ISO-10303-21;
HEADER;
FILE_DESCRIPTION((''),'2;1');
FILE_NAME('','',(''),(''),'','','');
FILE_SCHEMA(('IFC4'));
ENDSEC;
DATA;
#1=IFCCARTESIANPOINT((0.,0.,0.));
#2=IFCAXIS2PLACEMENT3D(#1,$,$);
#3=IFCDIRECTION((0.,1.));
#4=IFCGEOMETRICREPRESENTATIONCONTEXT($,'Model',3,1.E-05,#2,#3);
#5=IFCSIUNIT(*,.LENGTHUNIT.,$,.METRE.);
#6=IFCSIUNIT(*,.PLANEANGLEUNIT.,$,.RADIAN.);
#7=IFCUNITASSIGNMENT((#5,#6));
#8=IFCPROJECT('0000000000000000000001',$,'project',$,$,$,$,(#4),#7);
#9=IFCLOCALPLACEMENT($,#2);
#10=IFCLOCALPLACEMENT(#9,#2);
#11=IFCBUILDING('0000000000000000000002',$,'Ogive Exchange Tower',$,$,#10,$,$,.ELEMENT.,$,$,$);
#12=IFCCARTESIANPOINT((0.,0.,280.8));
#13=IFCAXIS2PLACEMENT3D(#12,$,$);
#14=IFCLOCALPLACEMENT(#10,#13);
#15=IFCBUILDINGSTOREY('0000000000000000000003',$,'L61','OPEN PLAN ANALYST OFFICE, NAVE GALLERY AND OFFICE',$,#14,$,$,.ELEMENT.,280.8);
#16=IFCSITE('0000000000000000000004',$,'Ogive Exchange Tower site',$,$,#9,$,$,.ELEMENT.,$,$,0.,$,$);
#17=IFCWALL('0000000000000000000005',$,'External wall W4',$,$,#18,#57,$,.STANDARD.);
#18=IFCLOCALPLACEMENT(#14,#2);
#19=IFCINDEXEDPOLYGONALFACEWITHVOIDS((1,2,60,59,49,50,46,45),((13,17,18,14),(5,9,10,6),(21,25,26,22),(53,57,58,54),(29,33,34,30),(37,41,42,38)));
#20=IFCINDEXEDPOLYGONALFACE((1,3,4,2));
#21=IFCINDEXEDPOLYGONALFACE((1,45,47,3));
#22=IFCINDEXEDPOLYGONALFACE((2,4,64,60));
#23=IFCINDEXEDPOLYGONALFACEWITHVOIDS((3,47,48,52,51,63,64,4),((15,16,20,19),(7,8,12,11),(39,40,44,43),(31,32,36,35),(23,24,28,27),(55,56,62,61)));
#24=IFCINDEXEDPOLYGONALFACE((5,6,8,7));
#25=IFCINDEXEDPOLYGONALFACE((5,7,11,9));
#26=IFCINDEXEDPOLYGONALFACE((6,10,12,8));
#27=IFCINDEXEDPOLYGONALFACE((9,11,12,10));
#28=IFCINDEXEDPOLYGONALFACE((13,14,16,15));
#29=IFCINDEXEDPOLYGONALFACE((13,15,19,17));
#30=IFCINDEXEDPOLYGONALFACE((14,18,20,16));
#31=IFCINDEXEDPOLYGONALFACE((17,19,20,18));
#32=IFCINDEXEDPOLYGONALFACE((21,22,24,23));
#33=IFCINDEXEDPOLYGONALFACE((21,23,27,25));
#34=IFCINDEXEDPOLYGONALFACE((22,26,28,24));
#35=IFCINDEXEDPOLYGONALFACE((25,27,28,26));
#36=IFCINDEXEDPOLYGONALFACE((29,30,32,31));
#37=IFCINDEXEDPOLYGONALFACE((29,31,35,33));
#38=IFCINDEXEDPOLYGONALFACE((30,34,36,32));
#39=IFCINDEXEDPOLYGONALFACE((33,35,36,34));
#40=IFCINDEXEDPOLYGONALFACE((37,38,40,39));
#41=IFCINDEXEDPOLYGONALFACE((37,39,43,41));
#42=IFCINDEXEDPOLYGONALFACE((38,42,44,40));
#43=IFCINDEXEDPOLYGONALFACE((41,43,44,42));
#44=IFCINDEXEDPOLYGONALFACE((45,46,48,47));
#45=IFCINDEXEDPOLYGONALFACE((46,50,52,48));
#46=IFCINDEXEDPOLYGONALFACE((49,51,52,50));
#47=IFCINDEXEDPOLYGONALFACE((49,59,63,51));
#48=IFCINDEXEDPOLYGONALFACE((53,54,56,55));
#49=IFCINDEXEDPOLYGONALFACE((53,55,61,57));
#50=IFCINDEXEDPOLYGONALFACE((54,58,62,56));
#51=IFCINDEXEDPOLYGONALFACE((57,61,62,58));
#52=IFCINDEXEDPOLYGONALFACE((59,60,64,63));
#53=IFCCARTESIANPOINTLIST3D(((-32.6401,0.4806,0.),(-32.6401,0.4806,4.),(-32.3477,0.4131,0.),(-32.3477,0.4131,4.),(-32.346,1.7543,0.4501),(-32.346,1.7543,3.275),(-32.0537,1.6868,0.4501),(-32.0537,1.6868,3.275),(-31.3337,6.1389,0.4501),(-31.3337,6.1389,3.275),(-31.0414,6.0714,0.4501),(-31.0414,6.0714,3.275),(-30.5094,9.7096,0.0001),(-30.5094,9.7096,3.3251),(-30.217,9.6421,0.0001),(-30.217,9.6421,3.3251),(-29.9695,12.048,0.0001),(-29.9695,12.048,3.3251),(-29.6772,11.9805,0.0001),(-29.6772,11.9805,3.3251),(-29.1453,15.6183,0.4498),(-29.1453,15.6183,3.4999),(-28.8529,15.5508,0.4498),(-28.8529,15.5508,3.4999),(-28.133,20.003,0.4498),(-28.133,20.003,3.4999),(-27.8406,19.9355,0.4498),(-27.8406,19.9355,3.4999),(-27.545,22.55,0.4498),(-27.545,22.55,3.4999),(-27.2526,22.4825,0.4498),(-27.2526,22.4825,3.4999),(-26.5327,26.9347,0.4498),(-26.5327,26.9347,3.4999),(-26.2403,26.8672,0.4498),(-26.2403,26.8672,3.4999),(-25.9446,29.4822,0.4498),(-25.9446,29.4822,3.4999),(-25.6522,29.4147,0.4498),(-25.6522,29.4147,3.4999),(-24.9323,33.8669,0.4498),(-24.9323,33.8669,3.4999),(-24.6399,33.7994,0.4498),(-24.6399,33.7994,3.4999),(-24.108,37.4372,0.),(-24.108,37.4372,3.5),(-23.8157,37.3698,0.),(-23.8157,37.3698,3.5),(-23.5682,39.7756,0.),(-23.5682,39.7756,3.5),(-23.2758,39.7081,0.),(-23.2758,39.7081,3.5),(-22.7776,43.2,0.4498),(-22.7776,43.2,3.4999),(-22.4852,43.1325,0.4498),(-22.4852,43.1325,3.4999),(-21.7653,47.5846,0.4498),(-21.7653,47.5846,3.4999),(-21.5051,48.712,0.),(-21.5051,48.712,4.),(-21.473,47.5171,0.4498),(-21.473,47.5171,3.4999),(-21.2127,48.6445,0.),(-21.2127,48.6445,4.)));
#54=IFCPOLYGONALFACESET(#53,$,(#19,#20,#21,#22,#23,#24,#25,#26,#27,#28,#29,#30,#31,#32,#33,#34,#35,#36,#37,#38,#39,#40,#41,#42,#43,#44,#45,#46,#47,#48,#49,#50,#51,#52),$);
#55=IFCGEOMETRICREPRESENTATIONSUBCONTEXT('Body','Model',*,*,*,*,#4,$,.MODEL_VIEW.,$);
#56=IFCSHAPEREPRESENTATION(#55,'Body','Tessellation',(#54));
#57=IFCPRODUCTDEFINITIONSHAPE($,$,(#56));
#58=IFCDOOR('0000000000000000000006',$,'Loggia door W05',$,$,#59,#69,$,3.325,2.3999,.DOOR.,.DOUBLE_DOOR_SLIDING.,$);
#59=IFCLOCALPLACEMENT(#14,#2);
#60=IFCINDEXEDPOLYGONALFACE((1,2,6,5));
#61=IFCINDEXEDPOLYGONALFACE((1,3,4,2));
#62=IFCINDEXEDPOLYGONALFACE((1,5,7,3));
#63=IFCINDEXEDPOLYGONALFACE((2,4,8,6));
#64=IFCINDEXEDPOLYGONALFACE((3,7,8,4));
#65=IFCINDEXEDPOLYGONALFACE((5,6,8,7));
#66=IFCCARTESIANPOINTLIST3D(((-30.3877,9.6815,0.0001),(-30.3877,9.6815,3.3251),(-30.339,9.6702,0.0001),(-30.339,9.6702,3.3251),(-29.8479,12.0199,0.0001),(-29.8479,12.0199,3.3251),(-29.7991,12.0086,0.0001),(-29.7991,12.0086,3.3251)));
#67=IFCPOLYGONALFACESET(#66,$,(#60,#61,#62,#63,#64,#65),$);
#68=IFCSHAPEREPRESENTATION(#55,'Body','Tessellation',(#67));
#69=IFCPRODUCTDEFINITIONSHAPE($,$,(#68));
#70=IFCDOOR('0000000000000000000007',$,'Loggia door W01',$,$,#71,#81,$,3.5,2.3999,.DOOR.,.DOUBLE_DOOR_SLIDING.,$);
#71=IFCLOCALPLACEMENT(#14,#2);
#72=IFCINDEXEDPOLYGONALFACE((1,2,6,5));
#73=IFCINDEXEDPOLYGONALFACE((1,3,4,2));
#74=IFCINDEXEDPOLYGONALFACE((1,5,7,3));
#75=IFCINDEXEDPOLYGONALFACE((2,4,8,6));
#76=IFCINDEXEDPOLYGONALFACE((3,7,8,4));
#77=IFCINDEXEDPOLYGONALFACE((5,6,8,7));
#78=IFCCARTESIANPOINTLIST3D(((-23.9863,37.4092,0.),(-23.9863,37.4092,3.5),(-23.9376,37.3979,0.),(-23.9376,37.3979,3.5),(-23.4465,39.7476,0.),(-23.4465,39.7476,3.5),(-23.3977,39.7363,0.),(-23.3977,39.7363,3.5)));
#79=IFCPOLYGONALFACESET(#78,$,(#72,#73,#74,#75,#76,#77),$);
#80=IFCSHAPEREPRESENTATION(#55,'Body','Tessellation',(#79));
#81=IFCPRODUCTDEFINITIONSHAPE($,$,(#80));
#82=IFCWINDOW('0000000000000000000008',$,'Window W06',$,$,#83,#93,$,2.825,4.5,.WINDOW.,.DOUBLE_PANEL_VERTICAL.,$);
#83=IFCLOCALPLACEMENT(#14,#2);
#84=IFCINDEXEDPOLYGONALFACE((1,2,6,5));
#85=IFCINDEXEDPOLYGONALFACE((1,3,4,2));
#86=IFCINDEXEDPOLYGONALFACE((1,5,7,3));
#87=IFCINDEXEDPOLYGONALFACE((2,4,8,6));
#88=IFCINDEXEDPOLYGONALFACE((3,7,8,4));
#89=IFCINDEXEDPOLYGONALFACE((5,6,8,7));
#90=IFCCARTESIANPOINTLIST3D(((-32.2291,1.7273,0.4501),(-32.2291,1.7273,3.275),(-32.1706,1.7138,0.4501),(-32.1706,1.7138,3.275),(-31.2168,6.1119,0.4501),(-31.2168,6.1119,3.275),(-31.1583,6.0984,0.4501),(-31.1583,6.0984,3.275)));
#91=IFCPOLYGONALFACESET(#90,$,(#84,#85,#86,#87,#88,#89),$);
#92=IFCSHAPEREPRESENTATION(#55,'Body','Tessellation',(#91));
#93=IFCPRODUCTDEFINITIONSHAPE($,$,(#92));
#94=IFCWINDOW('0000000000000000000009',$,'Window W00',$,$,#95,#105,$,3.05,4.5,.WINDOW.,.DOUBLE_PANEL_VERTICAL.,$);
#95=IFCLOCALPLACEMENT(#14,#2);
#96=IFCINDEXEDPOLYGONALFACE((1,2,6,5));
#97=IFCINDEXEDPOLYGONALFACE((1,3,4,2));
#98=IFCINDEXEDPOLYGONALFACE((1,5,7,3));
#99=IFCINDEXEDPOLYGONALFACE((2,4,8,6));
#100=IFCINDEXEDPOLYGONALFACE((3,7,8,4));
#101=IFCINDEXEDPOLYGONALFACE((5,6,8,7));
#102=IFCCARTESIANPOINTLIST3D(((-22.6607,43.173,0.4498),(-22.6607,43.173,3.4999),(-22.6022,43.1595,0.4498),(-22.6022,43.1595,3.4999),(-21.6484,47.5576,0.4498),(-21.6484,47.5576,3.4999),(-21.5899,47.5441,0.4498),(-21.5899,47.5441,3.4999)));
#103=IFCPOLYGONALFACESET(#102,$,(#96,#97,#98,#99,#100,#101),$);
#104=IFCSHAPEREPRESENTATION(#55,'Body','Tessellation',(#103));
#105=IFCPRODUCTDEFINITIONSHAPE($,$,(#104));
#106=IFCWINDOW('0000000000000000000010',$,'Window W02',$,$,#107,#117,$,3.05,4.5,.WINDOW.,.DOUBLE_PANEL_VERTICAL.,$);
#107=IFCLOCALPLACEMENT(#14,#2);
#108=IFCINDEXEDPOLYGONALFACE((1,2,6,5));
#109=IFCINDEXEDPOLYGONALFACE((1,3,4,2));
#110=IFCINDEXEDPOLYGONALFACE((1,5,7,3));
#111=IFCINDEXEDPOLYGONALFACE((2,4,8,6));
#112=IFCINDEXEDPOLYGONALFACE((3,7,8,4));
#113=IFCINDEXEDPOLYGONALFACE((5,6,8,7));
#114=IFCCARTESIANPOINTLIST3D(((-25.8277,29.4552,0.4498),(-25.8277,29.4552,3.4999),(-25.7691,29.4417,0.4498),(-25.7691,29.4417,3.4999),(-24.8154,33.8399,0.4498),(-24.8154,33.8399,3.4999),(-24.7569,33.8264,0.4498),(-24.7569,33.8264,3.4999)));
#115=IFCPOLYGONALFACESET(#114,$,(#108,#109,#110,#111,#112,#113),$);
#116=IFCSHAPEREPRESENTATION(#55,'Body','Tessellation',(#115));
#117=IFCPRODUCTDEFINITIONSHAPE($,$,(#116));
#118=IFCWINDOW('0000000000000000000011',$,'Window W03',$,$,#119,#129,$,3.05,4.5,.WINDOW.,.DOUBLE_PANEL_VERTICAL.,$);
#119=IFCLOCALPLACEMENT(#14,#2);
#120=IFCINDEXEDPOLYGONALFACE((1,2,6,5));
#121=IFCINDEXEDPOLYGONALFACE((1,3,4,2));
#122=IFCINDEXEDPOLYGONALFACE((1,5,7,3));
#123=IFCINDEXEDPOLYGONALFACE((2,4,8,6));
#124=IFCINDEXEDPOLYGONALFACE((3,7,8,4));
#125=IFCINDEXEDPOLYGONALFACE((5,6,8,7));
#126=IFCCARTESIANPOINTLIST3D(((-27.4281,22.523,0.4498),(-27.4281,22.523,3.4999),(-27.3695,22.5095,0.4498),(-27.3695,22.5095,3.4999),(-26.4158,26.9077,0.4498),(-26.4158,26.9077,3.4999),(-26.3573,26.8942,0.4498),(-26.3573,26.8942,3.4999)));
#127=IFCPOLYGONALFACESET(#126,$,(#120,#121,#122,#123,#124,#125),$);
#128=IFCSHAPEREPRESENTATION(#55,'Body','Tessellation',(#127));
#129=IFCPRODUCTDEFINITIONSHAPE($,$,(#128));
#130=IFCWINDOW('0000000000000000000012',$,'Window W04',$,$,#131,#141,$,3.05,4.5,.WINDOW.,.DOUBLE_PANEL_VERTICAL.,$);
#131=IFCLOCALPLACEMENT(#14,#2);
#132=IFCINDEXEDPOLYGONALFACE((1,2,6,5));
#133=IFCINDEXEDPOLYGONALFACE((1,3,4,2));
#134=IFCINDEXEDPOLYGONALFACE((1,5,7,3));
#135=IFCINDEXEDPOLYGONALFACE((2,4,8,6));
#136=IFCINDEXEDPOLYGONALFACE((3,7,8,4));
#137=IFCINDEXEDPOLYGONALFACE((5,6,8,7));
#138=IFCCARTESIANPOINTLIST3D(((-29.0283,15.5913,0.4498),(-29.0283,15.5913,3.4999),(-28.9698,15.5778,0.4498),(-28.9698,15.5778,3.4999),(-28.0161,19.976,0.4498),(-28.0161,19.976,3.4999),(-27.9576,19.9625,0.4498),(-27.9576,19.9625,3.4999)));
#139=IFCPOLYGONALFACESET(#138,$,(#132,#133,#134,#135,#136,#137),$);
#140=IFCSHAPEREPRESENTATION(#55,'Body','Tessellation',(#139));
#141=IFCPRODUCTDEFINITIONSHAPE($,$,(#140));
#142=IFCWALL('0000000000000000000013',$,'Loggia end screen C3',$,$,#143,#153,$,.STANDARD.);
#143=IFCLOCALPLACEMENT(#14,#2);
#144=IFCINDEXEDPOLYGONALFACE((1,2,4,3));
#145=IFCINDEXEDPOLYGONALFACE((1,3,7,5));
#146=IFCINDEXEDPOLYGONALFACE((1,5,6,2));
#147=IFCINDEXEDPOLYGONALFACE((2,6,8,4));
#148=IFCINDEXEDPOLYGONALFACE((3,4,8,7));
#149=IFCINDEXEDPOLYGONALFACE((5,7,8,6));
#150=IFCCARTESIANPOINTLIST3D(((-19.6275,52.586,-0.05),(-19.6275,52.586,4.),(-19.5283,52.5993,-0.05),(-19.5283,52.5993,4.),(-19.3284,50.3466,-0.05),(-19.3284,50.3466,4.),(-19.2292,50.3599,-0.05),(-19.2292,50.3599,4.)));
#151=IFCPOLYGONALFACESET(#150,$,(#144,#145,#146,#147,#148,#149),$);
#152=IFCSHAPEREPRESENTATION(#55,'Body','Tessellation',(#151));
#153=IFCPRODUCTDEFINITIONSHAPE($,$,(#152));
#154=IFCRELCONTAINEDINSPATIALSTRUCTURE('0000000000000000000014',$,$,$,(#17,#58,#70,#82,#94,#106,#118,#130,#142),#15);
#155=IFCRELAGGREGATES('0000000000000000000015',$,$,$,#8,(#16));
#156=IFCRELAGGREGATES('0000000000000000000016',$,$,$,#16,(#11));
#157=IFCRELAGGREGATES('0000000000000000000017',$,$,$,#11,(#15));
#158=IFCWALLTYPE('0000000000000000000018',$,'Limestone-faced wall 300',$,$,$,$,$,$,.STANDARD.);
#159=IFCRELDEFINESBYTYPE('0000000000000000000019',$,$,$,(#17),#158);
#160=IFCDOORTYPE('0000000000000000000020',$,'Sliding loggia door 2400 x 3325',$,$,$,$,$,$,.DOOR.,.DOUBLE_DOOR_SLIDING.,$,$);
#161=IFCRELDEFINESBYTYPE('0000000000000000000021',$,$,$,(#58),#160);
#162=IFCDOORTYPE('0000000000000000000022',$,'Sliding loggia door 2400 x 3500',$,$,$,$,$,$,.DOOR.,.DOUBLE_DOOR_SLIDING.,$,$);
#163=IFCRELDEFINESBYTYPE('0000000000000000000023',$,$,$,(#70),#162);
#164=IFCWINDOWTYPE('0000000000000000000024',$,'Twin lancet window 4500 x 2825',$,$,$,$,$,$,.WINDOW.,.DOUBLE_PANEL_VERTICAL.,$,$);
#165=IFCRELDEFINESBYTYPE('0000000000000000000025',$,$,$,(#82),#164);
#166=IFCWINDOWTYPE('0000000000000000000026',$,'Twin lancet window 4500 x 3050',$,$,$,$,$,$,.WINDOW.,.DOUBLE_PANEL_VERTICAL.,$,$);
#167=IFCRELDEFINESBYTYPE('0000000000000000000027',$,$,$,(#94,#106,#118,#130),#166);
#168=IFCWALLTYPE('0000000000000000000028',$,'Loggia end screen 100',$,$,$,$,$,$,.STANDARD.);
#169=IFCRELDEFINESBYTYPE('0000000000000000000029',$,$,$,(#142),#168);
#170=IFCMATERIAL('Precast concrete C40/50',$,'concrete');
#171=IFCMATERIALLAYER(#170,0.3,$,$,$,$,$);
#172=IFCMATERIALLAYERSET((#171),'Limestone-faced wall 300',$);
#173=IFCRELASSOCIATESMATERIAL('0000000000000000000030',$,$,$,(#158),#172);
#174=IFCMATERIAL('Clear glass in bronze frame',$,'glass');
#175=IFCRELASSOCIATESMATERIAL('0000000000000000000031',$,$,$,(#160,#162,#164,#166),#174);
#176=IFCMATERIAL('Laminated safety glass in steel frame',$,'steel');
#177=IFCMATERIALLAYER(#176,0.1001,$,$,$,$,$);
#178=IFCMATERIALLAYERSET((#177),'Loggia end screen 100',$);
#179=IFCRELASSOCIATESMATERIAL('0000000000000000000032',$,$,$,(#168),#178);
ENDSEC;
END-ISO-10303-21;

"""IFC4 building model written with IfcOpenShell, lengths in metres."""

from ifc_helpers import new_model, si_unit, direction, frame, frame_2d, origin, place, context, subcontext, project, spatial, rectangle, extrude, material, layer, layer_set, type_object, element, fill, save


model = new_model("IFC4")

# Units and contexts
model_context = context("Model", 3, precision=1e-05, world=origin(), true_north=direction((0.0, 1.0)))
body_context = subcontext(model_context, "Body", "Model", "MODEL_VIEW")
ifc_project = project(units=[si_unit("LENGTHUNIT", "METRE"), si_unit("PLANEANGLEUNIT", "RADIAN")], contexts=[model_context])

# Site, building, storey
site_placement = place(None, origin())
site = spatial("IfcSite", under=ifc_project, at=site_placement, Name="Ogive Exchange Tower site", CompositionType="ELEMENT", RefElevation=0.0)
building_placement = place(site_placement, origin())
building = spatial("IfcBuilding", under=site, at=building_placement, Name="Ogive Exchange Tower", CompositionType="ELEMENT")
storey_placement = place(building_placement, frame((0.0, 0.0, 280.8)))
storey = spatial("IfcBuildingStorey", under=building, at=storey_placement, Name="L61", Description="OPEN PLAN ANALYST OFFICE, NAVE GALLERY AND OFFICE", CompositionType="ELEMENT", Elevation=280.8)

# Wall, openings, doors, windows
ifc_material_1 = material(Name="Precast concrete C40/50", Category="concrete")
ifc_layer_1 = layer(ifc_material_1, 0.3)
ifc_layer_set_1 = layer_set([ifc_layer_1], Name="Limestone-faced wall 300")
wall_type_1 = type_object("IfcWallType", Name="Limestone-faced wall 300", PredefinedType="STANDARD", material=ifc_layer_set_1)
wall_1_placement = place(storey_placement, frame((-21.3589, 48.6782, 0.0), z_axis=(0.0, 0.0, 1.0), x_axis=(-0.224949, -0.97437, 0.0)))
wall_1 = element("IfcWall", 1, at=wall_1_placement, inside=storey, type_object=wall_type_1, Name="External wall W4", PredefinedType="STANDARD", context=body_context, shape_type="SweptSolid", body=[
    extrude(rectangle(XDim=49.5, YDim=0.3, at=frame_2d((24.75, 0.0))), origin(), (0.0, 0.0, 1.0), 4.0),
])
opening_1_placement = place(wall_1_placement, frame((1.157, 0.0, 0.45)))
opening_1 = element("IfcOpeningElement", 2, at=opening_1_placement, cuts=wall_1, PredefinedType="OPENING", context=body_context, shape_type="SweptSolid", body=[
    extrude(rectangle(XDim=4.5, YDim=3.05, at=frame_2d((2.25, 1.5249))), frame((0.0, 0.1599, 0.0), z_axis=(0.0, -1.0, 0.0), x_axis=(1.0, 0.0, 0.0)), (0.0, 0.0, 1.0), 0.3201),
])
opening_2_placement = place(wall_1_placement, frame((9.1714, 0.0, 0.0)))
opening_2 = element("IfcOpeningElement", 3, at=opening_2_placement, cuts=wall_1, PredefinedType="OPENING", context=body_context, shape_type="SweptSolid", body=[
    extrude(rectangle(XDim=2.3999, YDim=3.5, at=frame_2d((1.2, 1.75))), frame((0.0, 0.1599, 0.0), z_axis=(0.0, -1.0, 0.0), x_axis=(1.0, 0.0, 0.0)), (0.0, 0.0, 1.0), 0.3201),
])
opening_3_placement = place(wall_1_placement, frame((15.2356, 0.0, 0.45)))
opening_3 = element("IfcOpeningElement", 4, at=opening_3_placement, cuts=wall_1, PredefinedType="OPENING", context=body_context, shape_type="SweptSolid", body=[
    extrude(rectangle(XDim=4.5, YDim=3.05, at=frame_2d((2.25, 1.5249))), frame((0.0, 0.1599, 0.0), z_axis=(0.0, -1.0, 0.0), x_axis=(1.0, 0.0, 0.0)), (0.0, 0.0, 1.0), 0.3201),
])
opening_4_placement = place(wall_1_placement, frame((22.3501, 0.0, 0.45)))
opening_4 = element("IfcOpeningElement", 5, at=opening_4_placement, cuts=wall_1, PredefinedType="OPENING", context=body_context, shape_type="SweptSolid", body=[
    extrude(rectangle(XDim=4.5, YDim=3.05, at=frame_2d((2.25, 1.5249))), frame((0.0, 0.1599, 0.0), z_axis=(0.0, -1.0, 0.0), x_axis=(1.0, 0.0, 0.0)), (0.0, 0.0, 1.0), 0.3201),
])
opening_5_placement = place(wall_1_placement, frame((29.4641, 0.0, 0.45)))
opening_5 = element("IfcOpeningElement", 6, at=opening_5_placement, cuts=wall_1, PredefinedType="OPENING", context=body_context, shape_type="SweptSolid", body=[
    extrude(rectangle(XDim=4.5, YDim=3.05, at=frame_2d((2.25, 1.5249))), frame((0.0, 0.1599, 0.0), z_axis=(0.0, -1.0, 0.0), x_axis=(1.0, 0.0, 0.0)), (0.0, 0.0, 1.0), 0.3201),
])
opening_6_placement = place(wall_1_placement, frame((37.6284, 0.0, 0.0)))
opening_6 = element("IfcOpeningElement", 7, at=opening_6_placement, cuts=wall_1, PredefinedType="OPENING", context=body_context, shape_type="SweptSolid", body=[
    extrude(rectangle(XDim=2.3999, YDim=3.325, at=frame_2d((1.2, 1.6626))), frame((0.0, 0.1599, 0.0), z_axis=(0.0, -1.0, 0.0), x_axis=(1.0, 0.0, 0.0)), (0.0, 0.0, 1.0), 0.3201),
])
opening_7_placement = place(wall_1_placement, frame((43.6929, 0.0, 0.45)))
opening_7 = element("IfcOpeningElement", 8, at=opening_7_placement, cuts=wall_1, PredefinedType="OPENING", context=body_context, shape_type="SweptSolid", body=[
    extrude(rectangle(XDim=4.5, YDim=2.825, at=frame_2d((2.25, 1.4126))), frame((0.0, 0.1599, 0.0), z_axis=(0.0, -1.0, 0.0), x_axis=(1.0, 0.0, 0.0)), (0.0, 0.0, 1.0), 0.3201),
])
ifc_material_2 = material(Name="Clear glass in bronze frame", Category="glass")
door_type_1 = type_object("IfcDoorType", Name="Sliding loggia door 2400 x 3325", OperationType="DOUBLE_DOOR_SLIDING", PredefinedType="DOOR", material=ifc_material_2)
door_1_placement = place(opening_6_placement, origin())
door_1 = element("IfcDoor", 9, at=door_1_placement, inside=storey, type_object=door_type_1, Name="Loggia door W05", OperationType="DOUBLE_DOOR_SLIDING", OverallHeight=3.325, OverallWidth=2.3999, PredefinedType="DOOR", context=body_context, shape_type="SweptSolid", body=[
    extrude(rectangle(XDim=2.3999, YDim=3.325, at=frame_2d((1.2, 1.6626))), frame((0.0, 0.0249, 0.0), z_axis=(0.0, -1.0, 0.0), x_axis=(1.0, 0.0, 0.0)), (0.0, 0.0, 1.0), 0.05),
])
fill(opening_6, door_1)
door_type_2 = type_object("IfcDoorType", Name="Sliding loggia door 2400 x 3500", OperationType="DOUBLE_DOOR_SLIDING", PredefinedType="DOOR", material=ifc_material_2)
door_2_placement = place(opening_2_placement, origin())
door_2 = element("IfcDoor", 10, at=door_2_placement, inside=storey, type_object=door_type_2, Name="Loggia door W01", OperationType="DOUBLE_DOOR_SLIDING", OverallHeight=3.5, OverallWidth=2.3999, PredefinedType="DOOR", context=body_context, shape_type="SweptSolid", body=[
    extrude(rectangle(XDim=2.3999, YDim=3.5, at=frame_2d((1.2, 1.75))), frame((0.0, 0.0249, 0.0), z_axis=(0.0, -1.0, 0.0), x_axis=(1.0, 0.0, 0.0)), (0.0, 0.0, 1.0), 0.05),
])
fill(opening_2, door_2)
window_type_1 = type_object("IfcWindowType", Name="Twin lancet window 4500 x 2825", PartitioningType="DOUBLE_PANEL_VERTICAL", PredefinedType="WINDOW", material=ifc_material_2)
window_1_placement = place(opening_7_placement, origin())
window_1 = element("IfcWindow", 11, at=window_1_placement, inside=storey, type_object=window_type_1, Name="Window W06", OverallHeight=2.825, OverallWidth=4.5, PartitioningType="DOUBLE_PANEL_VERTICAL", PredefinedType="WINDOW", context=body_context, shape_type="SweptSolid", body=[
    extrude(rectangle(XDim=4.5, YDim=2.825, at=frame_2d((2.25, 1.4126))), frame((0.0, 0.03, 0.0), z_axis=(0.0, -1.0, 0.0), x_axis=(1.0, 0.0, 0.0)), (0.0, 0.0, 1.0), 0.0601),
])
fill(opening_7, window_1)
window_type_2 = type_object("IfcWindowType", Name="Twin lancet window 4500 x 3050", PartitioningType="DOUBLE_PANEL_VERTICAL", PredefinedType="WINDOW", material=ifc_material_2)
window_2_placement = place(opening_1_placement, origin())
window_2 = element("IfcWindow", 12, at=window_2_placement, inside=storey, type_object=window_type_2, Name="Window W00", OverallHeight=3.05, OverallWidth=4.5, PartitioningType="DOUBLE_PANEL_VERTICAL", PredefinedType="WINDOW", context=body_context, shape_type="SweptSolid", body=[
    extrude(rectangle(XDim=4.5, YDim=3.05, at=frame_2d((2.25, 1.5249))), frame((0.0, 0.03, 0.0), z_axis=(0.0, -1.0, 0.0), x_axis=(1.0, 0.0, 0.0)), (0.0, 0.0, 1.0), 0.0601),
])
fill(opening_1, window_2)
window_3_placement = place(opening_3_placement, origin())
window_3 = element("IfcWindow", 13, at=window_3_placement, inside=storey, type_object=window_type_2, Name="Window W02", OverallHeight=3.05, OverallWidth=4.5, PartitioningType="DOUBLE_PANEL_VERTICAL", PredefinedType="WINDOW", context=body_context, shape_type="SweptSolid", body=[
    extrude(rectangle(XDim=4.5, YDim=3.05, at=frame_2d((2.25, 1.5249))), frame((0.0, 0.03, 0.0), z_axis=(0.0, -1.0, 0.0), x_axis=(1.0, 0.0, 0.0)), (0.0, 0.0, 1.0), 0.0601),
])
fill(opening_3, window_3)
window_4_placement = place(opening_4_placement, origin())
window_4 = element("IfcWindow", 14, at=window_4_placement, inside=storey, type_object=window_type_2, Name="Window W03", OverallHeight=3.05, OverallWidth=4.5, PartitioningType="DOUBLE_PANEL_VERTICAL", PredefinedType="WINDOW", context=body_context, shape_type="SweptSolid", body=[
    extrude(rectangle(XDim=4.5, YDim=3.05, at=frame_2d((2.25, 1.5249))), frame((0.0, 0.03, 0.0), z_axis=(0.0, -1.0, 0.0), x_axis=(1.0, 0.0, 0.0)), (0.0, 0.0, 1.0), 0.0601),
])
fill(opening_4, window_4)
window_5_placement = place(opening_5_placement, origin())
window_5 = element("IfcWindow", 15, at=window_5_placement, inside=storey, type_object=window_type_2, Name="Window W04", OverallHeight=3.05, OverallWidth=4.5, PartitioningType="DOUBLE_PANEL_VERTICAL", PredefinedType="WINDOW", context=body_context, shape_type="SweptSolid", body=[
    extrude(rectangle(XDim=4.5, YDim=3.05, at=frame_2d((2.25, 1.5249))), frame((0.0, 0.03, 0.0), z_axis=(0.0, -1.0, 0.0), x_axis=(1.0, 0.0, 0.0)), (0.0, 0.0, 1.0), 0.0601),
])
fill(opening_5, window_5)

# Wall
ifc_material_3 = material(Name="Laminated safety glass in steel frame", Category="steel")
ifc_layer_2 = layer(ifc_material_3, 0.1001)
ifc_layer_set_2 = layer_set([ifc_layer_2], Name="Loggia end screen 100")
wall_type_2 = type_object("IfcWallType", Name="Loggia end screen 100", PredefinedType="STANDARD", material=ifc_layer_set_2)
wall_2_placement = place(storey_placement, frame((-19.2788, 50.3533, -0.05), z_axis=(0.0, 0.0, 1.0), x_axis=(-0.132369, 0.991201, 0.0)))
element("IfcWall", 16, at=wall_2_placement, inside=storey, type_object=wall_type_2, Name="Loggia end screen C3", PredefinedType="STANDARD", context=body_context, shape_type="SweptSolid", body=[
    extrude(rectangle(XDim=2.2593, YDim=0.1001, at=frame_2d((1.1296, 0.0))), origin(), (0.0, 0.0, 1.0), 4.05),
])

save(model, "model.ifc")
